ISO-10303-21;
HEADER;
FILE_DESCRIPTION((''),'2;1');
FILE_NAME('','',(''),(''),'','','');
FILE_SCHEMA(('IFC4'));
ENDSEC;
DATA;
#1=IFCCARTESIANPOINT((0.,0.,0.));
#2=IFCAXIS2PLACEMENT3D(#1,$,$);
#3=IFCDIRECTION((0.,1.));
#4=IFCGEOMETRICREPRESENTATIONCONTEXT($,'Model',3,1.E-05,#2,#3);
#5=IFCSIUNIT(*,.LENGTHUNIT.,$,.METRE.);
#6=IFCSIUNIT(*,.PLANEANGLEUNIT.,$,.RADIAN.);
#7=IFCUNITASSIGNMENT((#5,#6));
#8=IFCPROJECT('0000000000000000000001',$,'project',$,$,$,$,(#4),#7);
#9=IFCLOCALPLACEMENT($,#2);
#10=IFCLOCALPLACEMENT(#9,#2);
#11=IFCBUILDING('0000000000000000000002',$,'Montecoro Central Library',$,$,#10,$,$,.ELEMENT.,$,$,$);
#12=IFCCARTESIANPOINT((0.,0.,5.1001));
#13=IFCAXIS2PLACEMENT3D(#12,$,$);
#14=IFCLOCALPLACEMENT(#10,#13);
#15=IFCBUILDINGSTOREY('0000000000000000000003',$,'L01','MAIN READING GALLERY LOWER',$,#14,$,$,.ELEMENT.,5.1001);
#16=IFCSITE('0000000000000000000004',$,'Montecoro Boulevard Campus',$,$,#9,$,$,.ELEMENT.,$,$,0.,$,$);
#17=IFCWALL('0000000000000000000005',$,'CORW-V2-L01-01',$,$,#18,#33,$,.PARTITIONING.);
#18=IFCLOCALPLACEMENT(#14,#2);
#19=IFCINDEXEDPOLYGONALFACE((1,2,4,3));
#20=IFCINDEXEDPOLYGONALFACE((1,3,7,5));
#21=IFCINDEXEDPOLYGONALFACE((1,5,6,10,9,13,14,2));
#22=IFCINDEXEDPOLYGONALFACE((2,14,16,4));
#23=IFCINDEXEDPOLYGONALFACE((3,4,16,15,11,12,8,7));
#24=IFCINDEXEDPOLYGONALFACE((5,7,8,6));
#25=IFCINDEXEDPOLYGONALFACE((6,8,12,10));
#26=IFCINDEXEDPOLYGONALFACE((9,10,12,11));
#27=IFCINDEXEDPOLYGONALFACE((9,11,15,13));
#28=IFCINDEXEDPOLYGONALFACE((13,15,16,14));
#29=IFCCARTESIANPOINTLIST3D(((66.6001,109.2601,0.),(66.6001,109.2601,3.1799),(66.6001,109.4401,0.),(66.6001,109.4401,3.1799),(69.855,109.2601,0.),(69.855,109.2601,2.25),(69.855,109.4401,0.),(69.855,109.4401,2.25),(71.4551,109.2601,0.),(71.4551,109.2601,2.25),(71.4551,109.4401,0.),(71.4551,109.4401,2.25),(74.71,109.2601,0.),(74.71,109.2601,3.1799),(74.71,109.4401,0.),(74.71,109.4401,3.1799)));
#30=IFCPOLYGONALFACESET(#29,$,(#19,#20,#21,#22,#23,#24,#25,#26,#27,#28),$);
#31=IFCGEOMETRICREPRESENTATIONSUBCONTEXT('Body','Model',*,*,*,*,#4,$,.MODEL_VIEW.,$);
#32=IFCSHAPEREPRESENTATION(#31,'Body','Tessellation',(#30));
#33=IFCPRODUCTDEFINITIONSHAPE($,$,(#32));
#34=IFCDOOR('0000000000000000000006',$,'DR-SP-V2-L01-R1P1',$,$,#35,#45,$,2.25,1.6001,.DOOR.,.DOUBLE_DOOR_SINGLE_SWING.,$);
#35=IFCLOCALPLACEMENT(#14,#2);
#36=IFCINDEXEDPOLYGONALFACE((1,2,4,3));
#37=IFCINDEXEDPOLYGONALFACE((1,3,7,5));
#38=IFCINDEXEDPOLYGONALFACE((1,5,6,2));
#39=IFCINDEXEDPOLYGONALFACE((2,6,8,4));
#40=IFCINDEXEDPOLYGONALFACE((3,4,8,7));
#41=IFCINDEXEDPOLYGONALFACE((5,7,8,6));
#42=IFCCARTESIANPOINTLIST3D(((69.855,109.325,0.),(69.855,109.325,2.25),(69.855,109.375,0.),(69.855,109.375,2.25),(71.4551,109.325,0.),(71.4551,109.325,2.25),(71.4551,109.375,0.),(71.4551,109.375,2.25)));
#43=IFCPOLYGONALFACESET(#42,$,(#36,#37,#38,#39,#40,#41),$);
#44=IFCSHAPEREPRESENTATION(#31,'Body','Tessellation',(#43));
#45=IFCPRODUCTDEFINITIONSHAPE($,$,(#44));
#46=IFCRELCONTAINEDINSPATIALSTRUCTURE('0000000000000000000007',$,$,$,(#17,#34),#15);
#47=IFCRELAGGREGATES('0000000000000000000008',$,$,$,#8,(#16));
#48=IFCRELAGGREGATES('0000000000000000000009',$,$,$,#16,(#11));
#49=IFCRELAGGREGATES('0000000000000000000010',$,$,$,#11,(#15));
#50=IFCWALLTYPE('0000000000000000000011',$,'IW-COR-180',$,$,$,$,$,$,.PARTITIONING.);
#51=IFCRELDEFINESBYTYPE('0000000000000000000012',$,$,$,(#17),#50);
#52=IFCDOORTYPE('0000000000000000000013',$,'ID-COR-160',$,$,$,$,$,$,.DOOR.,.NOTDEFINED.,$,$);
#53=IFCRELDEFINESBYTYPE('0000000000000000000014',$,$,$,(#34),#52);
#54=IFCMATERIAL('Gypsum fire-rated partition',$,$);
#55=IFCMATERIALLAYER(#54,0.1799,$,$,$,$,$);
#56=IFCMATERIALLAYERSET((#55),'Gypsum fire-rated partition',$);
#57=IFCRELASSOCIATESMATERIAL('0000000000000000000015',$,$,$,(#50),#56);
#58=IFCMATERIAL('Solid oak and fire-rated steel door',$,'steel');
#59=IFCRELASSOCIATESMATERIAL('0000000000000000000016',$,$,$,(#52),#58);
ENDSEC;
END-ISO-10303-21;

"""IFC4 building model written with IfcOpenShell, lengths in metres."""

from ifc_helpers import new_model, si_unit, direction, frame, frame_2d, origin, place, context, subcontext, project, spatial, rectangle, extrude, material, layer, layer_set, type_object, element, fill, save


model = new_model("IFC4")

# Units and contexts
model_context = context("Model", 3, precision=1e-05, world=origin(), true_north=direction((0.0, 1.0)))
body_context = subcontext(model_context, "Body", "Model", "MODEL_VIEW")
ifc_project = project(units=[si_unit("LENGTHUNIT", "METRE"), si_unit("PLANEANGLEUNIT", "RADIAN")], contexts=[model_context])

# Site, building, storey
site_placement = place(None, origin())
site = spatial("IfcSite", under=ifc_project, at=site_placement, Name="Montecoro Boulevard Campus", CompositionType="ELEMENT", RefElevation=0.0)
building_placement = place(site_placement, origin())
building = spatial("IfcBuilding", under=site, at=building_placement, Name="Montecoro Central Library", CompositionType="ELEMENT")
storey_placement = place(building_placement, frame((0.0, 0.0, 5.1001)))
storey = spatial("IfcBuildingStorey", under=building, at=storey_placement, Name="L01", Description="MAIN READING GALLERY LOWER", CompositionType="ELEMENT", Elevation=5.1001)

# Wall, opening, door
ifc_material_1 = material(Name="Gypsum fire-rated partition")
ifc_layer_1 = layer(ifc_material_1, 0.1799)
ifc_layer_set_1 = layer_set([ifc_layer_1], Name="Gypsum fire-rated partition")
wall_type_1 = type_object("IfcWallType", Name="IW-COR-180", PredefinedType="PARTITIONING", material=ifc_layer_set_1)
wall_1_placement = place(storey_placement, frame((66.6001, 109.3501, 0.0), z_axis=(0.0, 0.0, 1.0), x_axis=(1.0, 0.0, 0.0)))
wall_1 = element("IfcWall", 1, at=wall_1_placement, inside=storey, type_object=wall_type_1, Name="CORW-V2-L01-01", PredefinedType="PARTITIONING", context=body_context, shape_type="SweptSolid", body=[
    extrude(rectangle(XDim=8.1099, YDim=0.1799, at=frame_2d((4.0549, 0.0))), origin(), (0.0, 0.0, 1.0), 3.1799),
])
opening_1_placement = place(wall_1_placement, frame((3.2549, 0.0, 0.0)))
opening_1 = element("IfcOpeningElement", 2, at=opening_1_placement, cuts=wall_1, PredefinedType="OPENING", context=body_context, shape_type="SweptSolid", body=[
    extrude(rectangle(XDim=1.6001, YDim=2.25, at=frame_2d((0.8, 1.125))), frame((0.0, 0.0999, 0.0), z_axis=(0.0, -1.0, 0.0), x_axis=(1.0, 0.0, 0.0)), (0.0, 0.0, 1.0), 0.2),
])
ifc_material_2 = material(Name="Solid oak and fire-rated steel door", Category="steel")
door_type = type_object("IfcDoorType", Name="ID-COR-160", OperationType="NOTDEFINED", PredefinedType="DOOR", material=ifc_material_2)
door_placement = place(opening_1_placement, origin())
door = element("IfcDoor", 3, at=door_placement, inside=storey, type_object=door_type, Name="DR-SP-V2-L01-R1P1", OperationType="DOUBLE_DOOR_SINGLE_SWING", OverallHeight=2.25, OverallWidth=1.6001, PredefinedType="DOOR", context=body_context, shape_type="SweptSolid", body=[
    extrude(rectangle(XDim=1.6001, YDim=2.25, at=frame_2d((0.8, 1.125))), frame((0.0, 0.0249, 0.0), z_axis=(0.0, -1.0, 0.0), x_axis=(1.0, 0.0, 0.0)), (0.0, 0.0, 1.0), 0.05),
])
fill(opening_1, door)

save(model, "model.ifc")
